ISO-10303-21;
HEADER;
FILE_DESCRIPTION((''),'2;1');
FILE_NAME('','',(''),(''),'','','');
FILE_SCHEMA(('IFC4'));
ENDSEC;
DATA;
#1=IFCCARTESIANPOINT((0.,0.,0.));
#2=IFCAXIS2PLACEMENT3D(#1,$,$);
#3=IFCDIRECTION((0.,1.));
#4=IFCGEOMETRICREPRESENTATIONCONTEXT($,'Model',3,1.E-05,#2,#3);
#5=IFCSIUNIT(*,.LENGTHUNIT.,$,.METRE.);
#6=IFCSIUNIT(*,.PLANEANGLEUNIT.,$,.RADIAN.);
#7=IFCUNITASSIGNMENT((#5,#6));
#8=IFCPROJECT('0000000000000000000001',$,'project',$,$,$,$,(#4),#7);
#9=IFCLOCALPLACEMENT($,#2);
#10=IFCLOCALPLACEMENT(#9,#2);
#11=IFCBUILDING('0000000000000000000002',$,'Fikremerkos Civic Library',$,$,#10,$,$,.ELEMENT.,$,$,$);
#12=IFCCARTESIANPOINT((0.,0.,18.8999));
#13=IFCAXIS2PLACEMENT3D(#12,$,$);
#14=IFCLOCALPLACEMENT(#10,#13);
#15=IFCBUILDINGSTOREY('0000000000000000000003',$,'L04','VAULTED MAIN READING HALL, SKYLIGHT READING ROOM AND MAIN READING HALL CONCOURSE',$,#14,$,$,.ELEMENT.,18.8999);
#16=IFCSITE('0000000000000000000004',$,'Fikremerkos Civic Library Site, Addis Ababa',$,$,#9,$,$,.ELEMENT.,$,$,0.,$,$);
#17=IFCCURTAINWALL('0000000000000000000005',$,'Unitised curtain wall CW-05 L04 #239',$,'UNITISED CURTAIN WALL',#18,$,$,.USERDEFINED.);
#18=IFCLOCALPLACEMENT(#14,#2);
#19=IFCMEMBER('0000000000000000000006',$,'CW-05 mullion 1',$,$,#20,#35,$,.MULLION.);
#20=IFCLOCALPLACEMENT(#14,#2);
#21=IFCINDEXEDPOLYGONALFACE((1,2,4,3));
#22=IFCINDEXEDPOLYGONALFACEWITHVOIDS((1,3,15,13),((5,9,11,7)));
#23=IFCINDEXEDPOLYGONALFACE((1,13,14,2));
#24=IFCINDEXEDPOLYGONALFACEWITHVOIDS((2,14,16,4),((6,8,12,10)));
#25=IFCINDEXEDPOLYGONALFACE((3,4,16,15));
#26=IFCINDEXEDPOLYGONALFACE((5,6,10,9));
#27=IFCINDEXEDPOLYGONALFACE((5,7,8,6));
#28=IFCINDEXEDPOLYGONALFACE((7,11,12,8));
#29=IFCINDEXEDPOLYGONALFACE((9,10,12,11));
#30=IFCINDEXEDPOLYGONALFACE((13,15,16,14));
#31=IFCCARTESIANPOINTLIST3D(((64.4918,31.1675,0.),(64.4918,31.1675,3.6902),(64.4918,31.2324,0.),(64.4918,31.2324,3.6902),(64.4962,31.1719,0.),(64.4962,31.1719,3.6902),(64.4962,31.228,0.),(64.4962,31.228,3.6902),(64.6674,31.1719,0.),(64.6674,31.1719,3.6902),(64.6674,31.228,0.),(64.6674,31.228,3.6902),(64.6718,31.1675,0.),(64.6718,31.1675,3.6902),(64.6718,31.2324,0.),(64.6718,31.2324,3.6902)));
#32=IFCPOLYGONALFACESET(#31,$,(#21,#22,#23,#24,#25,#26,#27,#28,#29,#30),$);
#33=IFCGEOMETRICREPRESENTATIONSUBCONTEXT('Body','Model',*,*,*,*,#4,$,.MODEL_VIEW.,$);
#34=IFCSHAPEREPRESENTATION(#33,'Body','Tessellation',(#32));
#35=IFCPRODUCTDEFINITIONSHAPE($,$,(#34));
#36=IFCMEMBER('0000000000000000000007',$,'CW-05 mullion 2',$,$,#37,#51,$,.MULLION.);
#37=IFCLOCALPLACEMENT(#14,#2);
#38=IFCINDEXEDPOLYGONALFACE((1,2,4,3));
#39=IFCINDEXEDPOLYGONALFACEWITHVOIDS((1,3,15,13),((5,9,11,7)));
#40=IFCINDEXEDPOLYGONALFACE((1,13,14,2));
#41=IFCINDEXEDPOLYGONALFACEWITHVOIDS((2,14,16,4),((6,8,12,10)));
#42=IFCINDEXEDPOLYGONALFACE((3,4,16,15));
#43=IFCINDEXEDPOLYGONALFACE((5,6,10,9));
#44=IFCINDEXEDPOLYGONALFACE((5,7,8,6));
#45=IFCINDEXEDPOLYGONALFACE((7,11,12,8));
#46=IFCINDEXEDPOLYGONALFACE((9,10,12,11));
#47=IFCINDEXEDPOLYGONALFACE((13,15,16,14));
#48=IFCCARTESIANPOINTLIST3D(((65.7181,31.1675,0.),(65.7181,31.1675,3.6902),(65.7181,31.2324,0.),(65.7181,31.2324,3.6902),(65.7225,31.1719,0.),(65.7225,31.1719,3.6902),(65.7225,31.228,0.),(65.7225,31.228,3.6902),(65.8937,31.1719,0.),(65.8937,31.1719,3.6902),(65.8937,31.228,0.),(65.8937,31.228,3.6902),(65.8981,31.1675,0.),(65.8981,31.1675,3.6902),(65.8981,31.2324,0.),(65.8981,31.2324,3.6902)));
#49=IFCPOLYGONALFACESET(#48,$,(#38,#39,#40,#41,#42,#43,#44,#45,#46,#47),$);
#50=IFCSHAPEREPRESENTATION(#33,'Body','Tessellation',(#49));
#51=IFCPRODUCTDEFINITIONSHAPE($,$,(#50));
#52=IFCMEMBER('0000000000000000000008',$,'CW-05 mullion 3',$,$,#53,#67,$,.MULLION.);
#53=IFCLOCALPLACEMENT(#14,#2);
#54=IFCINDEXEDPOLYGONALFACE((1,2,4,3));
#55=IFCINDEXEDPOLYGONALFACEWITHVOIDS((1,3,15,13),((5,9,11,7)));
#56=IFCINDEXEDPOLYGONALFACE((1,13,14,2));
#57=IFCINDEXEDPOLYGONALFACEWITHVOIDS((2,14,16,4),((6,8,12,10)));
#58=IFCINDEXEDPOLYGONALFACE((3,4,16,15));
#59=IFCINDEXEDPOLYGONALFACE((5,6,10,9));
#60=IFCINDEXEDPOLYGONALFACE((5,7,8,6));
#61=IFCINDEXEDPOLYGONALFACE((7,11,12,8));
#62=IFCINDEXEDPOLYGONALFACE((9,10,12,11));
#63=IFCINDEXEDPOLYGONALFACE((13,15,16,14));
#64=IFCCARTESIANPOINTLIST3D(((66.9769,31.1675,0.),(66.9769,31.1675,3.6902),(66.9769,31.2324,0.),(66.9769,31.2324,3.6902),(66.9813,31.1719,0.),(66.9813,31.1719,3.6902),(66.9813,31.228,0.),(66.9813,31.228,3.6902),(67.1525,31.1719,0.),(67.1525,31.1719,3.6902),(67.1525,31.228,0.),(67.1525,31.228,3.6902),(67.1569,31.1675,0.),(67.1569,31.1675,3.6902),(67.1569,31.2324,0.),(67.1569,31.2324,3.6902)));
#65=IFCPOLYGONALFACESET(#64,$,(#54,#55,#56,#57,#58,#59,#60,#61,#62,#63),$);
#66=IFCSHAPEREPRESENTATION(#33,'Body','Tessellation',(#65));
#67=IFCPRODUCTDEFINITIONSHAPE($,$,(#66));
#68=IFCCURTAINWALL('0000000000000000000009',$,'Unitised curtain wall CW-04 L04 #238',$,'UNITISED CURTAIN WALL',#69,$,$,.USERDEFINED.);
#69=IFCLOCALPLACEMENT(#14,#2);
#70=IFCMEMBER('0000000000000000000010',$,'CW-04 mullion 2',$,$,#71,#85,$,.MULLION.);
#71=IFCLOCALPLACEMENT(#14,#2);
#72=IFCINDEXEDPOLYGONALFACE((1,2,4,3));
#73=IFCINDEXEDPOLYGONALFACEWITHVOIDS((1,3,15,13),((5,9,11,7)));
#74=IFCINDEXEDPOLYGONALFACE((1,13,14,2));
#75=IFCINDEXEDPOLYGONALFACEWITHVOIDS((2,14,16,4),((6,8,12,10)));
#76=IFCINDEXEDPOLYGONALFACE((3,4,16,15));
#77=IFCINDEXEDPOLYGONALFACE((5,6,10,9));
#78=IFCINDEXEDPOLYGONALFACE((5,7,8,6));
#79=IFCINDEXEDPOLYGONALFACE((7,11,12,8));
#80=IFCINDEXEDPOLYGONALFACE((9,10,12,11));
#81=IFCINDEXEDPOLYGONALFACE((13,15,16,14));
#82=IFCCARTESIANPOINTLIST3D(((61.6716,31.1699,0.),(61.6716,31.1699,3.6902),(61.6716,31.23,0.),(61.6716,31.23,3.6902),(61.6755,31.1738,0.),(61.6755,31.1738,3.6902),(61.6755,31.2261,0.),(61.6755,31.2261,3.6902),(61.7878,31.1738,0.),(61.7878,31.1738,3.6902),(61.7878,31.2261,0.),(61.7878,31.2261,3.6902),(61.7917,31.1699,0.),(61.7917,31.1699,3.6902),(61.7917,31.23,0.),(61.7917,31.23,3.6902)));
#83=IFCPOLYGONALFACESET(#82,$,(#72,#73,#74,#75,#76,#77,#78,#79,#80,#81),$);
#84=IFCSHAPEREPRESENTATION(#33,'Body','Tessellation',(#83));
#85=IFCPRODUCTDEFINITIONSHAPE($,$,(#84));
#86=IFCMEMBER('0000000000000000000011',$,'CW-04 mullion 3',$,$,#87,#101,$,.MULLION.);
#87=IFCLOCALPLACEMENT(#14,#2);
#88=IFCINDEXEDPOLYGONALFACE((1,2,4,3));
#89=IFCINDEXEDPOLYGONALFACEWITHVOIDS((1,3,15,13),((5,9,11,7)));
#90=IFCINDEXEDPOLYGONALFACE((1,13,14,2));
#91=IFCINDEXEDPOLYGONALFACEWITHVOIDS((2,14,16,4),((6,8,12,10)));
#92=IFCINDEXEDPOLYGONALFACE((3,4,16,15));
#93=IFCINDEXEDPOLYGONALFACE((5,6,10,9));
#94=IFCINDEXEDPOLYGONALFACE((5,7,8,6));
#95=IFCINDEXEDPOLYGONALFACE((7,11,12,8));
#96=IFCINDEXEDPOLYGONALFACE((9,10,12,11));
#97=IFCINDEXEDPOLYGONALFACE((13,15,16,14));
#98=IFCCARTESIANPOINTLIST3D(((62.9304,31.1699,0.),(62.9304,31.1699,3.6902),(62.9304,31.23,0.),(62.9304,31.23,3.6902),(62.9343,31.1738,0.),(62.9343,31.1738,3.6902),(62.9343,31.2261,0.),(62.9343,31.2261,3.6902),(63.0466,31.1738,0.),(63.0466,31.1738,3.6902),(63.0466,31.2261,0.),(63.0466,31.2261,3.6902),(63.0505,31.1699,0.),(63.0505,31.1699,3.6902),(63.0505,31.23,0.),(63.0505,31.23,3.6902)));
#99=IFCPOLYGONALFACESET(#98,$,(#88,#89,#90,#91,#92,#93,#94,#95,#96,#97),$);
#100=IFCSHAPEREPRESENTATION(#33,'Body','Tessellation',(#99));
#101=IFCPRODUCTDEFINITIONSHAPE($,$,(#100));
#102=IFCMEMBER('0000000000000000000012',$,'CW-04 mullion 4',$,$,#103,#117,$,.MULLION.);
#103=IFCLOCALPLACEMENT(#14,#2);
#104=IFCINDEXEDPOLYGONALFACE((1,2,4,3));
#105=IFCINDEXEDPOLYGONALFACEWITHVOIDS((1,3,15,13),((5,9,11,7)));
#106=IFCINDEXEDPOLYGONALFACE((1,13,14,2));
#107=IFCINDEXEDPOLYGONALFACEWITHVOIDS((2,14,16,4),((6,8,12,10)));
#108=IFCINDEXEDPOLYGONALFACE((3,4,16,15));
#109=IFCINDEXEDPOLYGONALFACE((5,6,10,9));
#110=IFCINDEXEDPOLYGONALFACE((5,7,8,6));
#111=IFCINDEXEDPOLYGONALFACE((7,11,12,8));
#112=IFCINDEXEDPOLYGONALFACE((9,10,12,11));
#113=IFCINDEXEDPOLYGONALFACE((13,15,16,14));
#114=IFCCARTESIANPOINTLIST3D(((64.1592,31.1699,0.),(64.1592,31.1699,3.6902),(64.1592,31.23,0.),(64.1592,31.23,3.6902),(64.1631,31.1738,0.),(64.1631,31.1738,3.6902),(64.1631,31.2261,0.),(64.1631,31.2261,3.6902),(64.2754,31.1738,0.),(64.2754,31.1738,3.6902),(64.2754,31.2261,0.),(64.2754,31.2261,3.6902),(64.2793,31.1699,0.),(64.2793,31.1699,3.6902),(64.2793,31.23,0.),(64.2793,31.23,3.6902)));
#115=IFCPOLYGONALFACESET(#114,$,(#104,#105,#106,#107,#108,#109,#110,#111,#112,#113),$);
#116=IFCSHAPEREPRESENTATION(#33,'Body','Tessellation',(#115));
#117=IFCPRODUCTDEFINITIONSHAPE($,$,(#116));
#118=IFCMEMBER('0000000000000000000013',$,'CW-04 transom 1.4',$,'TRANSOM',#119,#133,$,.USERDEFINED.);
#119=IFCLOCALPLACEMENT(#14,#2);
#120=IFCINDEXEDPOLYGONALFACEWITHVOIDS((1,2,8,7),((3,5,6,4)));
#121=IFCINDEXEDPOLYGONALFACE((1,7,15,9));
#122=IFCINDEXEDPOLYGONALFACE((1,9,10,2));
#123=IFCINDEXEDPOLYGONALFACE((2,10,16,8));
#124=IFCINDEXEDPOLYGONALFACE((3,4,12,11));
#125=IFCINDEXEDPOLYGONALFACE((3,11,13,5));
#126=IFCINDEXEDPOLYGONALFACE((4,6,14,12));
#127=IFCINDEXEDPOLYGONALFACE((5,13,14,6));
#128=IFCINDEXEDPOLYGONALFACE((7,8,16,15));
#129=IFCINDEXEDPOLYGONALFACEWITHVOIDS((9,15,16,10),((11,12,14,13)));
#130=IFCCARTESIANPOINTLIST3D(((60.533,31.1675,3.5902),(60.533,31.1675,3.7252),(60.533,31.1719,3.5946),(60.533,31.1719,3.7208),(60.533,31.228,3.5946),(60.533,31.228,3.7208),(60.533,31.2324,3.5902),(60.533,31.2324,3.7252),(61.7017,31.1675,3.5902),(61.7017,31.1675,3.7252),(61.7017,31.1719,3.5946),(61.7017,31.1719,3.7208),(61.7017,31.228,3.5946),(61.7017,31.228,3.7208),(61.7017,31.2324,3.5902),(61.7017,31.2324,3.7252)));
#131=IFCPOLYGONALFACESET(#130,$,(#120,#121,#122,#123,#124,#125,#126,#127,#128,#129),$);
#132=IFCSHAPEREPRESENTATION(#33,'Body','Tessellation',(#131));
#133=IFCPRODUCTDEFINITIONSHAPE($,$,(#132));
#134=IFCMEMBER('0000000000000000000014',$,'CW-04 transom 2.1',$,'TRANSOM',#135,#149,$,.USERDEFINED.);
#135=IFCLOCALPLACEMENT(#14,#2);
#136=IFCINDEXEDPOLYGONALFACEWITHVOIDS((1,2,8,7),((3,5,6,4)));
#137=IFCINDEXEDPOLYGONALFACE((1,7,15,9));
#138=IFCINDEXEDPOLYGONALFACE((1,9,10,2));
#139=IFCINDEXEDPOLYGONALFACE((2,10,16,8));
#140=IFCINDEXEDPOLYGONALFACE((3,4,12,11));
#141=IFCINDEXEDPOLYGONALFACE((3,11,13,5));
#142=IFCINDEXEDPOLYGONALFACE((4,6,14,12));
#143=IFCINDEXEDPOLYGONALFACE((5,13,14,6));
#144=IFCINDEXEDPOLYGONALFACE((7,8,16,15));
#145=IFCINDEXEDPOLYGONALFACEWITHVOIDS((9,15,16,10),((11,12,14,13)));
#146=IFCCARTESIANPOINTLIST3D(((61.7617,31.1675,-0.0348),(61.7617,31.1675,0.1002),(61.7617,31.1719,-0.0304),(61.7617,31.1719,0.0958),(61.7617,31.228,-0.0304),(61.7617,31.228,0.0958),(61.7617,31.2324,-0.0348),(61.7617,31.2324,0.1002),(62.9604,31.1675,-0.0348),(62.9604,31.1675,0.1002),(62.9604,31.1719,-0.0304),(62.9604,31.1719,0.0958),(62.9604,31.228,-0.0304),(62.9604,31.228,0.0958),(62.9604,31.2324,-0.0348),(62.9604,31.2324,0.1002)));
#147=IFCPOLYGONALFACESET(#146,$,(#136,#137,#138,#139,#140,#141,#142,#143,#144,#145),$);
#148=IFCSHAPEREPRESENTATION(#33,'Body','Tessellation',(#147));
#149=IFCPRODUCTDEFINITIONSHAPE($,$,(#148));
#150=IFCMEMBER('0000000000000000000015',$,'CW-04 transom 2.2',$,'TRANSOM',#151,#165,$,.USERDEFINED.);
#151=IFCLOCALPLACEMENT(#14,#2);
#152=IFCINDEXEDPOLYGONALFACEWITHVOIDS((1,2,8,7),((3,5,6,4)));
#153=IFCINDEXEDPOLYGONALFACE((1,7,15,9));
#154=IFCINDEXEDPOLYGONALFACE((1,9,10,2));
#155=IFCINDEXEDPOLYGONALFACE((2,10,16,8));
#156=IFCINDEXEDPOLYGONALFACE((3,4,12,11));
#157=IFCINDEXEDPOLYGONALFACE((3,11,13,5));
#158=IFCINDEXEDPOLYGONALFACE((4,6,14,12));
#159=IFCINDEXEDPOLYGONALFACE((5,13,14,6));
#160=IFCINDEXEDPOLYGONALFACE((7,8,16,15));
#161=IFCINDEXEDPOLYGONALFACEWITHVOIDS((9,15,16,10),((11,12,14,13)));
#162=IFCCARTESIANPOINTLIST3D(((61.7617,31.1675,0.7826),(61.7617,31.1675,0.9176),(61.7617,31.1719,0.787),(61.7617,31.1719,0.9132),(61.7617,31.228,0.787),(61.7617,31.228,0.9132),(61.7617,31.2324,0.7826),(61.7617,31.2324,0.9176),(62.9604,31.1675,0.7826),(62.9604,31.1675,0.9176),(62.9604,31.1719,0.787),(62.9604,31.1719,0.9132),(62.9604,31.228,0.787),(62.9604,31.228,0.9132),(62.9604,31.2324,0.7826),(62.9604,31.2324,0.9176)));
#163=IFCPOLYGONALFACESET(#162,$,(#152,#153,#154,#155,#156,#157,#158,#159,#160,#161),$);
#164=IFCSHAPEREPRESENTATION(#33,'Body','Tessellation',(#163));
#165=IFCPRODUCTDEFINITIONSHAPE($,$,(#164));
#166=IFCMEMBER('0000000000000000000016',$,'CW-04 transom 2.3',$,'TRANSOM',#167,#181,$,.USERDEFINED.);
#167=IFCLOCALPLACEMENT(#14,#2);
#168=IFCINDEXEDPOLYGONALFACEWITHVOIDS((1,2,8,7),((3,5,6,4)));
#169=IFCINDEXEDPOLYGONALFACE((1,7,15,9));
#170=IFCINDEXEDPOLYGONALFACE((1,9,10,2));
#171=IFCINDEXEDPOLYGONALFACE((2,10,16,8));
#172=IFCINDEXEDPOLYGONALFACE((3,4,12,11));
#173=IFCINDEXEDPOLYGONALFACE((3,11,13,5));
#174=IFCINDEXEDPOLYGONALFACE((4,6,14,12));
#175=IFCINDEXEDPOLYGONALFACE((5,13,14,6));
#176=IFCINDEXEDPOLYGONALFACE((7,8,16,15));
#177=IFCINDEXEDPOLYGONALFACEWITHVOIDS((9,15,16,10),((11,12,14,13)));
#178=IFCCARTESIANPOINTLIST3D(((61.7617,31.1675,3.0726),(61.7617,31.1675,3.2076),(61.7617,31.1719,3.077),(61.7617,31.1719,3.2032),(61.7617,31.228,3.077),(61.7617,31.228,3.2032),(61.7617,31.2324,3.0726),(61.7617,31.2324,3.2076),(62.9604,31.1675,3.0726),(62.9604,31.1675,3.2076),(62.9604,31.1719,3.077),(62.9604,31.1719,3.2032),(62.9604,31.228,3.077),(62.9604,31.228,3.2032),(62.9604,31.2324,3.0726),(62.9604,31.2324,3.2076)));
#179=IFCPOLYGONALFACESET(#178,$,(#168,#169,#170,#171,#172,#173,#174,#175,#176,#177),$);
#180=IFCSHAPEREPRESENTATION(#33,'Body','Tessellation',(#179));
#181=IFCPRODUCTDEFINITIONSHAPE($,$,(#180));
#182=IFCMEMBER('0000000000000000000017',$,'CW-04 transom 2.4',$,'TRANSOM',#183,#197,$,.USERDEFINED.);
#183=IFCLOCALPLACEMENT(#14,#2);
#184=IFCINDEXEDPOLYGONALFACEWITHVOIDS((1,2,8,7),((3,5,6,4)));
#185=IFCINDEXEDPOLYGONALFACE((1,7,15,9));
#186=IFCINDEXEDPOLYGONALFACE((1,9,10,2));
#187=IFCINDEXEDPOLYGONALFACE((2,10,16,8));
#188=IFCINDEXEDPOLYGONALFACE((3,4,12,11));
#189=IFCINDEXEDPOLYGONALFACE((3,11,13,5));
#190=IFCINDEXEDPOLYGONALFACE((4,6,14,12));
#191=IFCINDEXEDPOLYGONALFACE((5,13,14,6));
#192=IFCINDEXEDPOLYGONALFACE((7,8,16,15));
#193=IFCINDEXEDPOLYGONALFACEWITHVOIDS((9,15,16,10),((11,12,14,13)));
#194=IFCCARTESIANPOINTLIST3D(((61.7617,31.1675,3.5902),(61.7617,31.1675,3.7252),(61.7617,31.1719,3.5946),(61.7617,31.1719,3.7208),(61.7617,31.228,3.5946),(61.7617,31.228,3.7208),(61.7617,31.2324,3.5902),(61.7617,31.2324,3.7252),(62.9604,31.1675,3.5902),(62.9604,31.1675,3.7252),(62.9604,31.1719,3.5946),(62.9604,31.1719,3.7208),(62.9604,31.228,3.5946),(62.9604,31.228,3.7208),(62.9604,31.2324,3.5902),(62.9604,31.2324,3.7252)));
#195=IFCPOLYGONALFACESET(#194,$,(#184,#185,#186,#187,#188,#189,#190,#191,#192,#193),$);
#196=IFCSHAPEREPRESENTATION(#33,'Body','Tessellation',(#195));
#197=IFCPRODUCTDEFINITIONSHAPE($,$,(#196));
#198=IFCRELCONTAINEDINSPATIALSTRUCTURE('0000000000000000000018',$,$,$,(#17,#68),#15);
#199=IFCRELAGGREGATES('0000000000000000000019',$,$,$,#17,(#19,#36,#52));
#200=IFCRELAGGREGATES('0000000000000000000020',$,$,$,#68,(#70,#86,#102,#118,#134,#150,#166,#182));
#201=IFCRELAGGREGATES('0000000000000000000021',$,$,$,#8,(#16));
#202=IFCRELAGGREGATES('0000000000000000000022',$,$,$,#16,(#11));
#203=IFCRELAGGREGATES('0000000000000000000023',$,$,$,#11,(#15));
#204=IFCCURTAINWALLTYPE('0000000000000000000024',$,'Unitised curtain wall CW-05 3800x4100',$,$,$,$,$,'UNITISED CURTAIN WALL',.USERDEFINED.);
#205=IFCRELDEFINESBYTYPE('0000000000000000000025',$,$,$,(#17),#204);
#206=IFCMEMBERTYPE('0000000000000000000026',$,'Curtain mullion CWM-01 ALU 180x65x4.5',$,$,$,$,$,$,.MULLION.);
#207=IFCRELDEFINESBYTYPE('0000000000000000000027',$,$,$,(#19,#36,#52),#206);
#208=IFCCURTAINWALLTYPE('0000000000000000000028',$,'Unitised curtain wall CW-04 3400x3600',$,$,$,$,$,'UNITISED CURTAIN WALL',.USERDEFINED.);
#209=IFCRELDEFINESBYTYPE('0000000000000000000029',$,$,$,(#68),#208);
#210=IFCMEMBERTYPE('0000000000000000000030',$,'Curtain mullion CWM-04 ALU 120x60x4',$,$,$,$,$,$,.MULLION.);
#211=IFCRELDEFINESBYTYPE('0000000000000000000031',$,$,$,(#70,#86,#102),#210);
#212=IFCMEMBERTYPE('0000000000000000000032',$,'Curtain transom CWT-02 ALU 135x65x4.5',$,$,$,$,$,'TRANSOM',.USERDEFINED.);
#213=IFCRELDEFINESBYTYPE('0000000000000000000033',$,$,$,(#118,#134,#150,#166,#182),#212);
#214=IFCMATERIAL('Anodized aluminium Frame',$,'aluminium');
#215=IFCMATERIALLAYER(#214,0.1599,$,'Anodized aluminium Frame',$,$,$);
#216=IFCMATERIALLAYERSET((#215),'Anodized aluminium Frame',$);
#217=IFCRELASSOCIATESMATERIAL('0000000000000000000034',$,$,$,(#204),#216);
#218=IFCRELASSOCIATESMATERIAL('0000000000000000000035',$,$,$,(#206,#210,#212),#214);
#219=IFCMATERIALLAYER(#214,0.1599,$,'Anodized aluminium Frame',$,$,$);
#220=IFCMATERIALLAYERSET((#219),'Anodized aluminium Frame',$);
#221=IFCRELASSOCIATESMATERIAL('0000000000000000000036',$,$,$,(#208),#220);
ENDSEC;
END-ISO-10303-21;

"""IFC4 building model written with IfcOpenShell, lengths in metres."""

from ifc_helpers import new_model, si_unit, direction, frame, origin, origin_2d, place, context, subcontext, project, spatial, hollow_rectangle, extrude, material, layer, layer_set, material_profile, profile_set, type_object, element, aggregate, save


model = new_model("IFC4")

# Units and contexts
model_context = context("Model", 3, precision=1e-05, world=origin(), true_north=direction((0.0, 1.0)))
body_context = subcontext(model_context, "Body", "Model", "MODEL_VIEW")
ifc_project = project(units=[si_unit("LENGTHUNIT", "METRE"), si_unit("PLANEANGLEUNIT", "RADIAN")], contexts=[model_context])

# Site, building, storey
site_placement = place(None, origin())
site = spatial("IfcSite", under=ifc_project, at=site_placement, Name="Fikremerkos Civic Library Site, Addis Ababa", CompositionType="ELEMENT", RefElevation=0.0)
building_placement = place(site_placement, origin())
building = spatial("IfcBuilding", under=site, at=building_placement, Name="Fikremerkos Civic Library", CompositionType="ELEMENT")
storey_placement = place(building_placement, frame((0.0, 0.0, 18.8999)))
storey = spatial("IfcBuildingStorey", under=building, at=storey_placement, Name="L04", Description="VAULTED MAIN READING HALL, SKYLIGHT READING ROOM AND MAIN READING HALL CONCOURSE", CompositionType="ELEMENT", Elevation=18.8999)

# Curtain walls, members
ifc_material_1 = material(Name="Anodized aluminium Frame", Category="aluminium")
ifc_layer_1 = layer(ifc_material_1, 0.1599, Name="Anodized aluminium Frame")
ifc_layer_set_1 = layer_set([ifc_layer_1], Name="Anodized aluminium Frame")
curtain_wall_type_1 = type_object("IfcCurtainWallType", Name="Unitised curtain wall CW-05 3800x4100", ElementType="UNITISED CURTAIN WALL", PredefinedType="USERDEFINED", material=ifc_layer_set_1)
curtain_wall_1_placement = place(storey_placement, origin())
curtain_wall_1 = element("IfcCurtainWall", 1, at=curtain_wall_1_placement, inside=storey, type_object=curtain_wall_type_1, Name="Unitised curtain wall CW-05 L04 #239", ObjectType="UNITISED CURTAIN WALL", PredefinedType="USERDEFINED")
ifc_material_profile_1 = material_profile(ifc_material_1, hollow_rectangle(XDim=0.0649, YDim=0.1799, WallThickness=0.0044, at=origin_2d()), Name="ALU 180x65x4.5")
ifc_profile_set_1 = profile_set([ifc_material_profile_1], Name="Anodized aluminium Frame")
member_type_1 = type_object("IfcMemberType", Name="Curtain mullion CWM-01 ALU 180x65x4.5", PredefinedType="MULLION", material=ifc_profile_set_1)
member_1_placement = place(storey_placement, frame((64.5818, 31.2, 0.0), z_axis=(0.0, 0.0, 1.0), x_axis=(0.0, 1.0, 0.0)))
member_1 = element("IfcMember", 2, at=member_1_placement, type_object=member_type_1, Name="CW-05 mullion 1", PredefinedType="MULLION", context=body_context, shape_type="SweptSolid", body=[
    extrude(hollow_rectangle(XDim=0.0649, YDim=0.1799, WallThickness=0.0044, at=origin_2d()), origin(), (0.0, 0.0, 1.0), 3.6902),
])
member_2_placement = place(storey_placement, frame((65.8081, 31.2, 0.0), z_axis=(0.0, 0.0, 1.0), x_axis=(0.0, 1.0, 0.0)))
member_2 = element("IfcMember", 3, at=member_2_placement, type_object=member_type_1, Name="CW-05 mullion 2", PredefinedType="MULLION", context=body_context, shape_type="SweptSolid", body=[
    extrude(hollow_rectangle(XDim=0.0649, YDim=0.1799, WallThickness=0.0044, at=origin_2d()), origin(), (0.0, 0.0, 1.0), 3.6902),
])
member_3_placement = place(storey_placement, frame((67.0669, 31.2, 0.0), z_axis=(0.0, 0.0, 1.0), x_axis=(0.0, 1.0, 0.0)))
member_3 = element("IfcMember", 4, at=member_3_placement, type_object=member_type_1, Name="CW-05 mullion 3", PredefinedType="MULLION", context=body_context, shape_type="SweptSolid", body=[
    extrude(hollow_rectangle(XDim=0.0649, YDim=0.1799, WallThickness=0.0044, at=origin_2d()), origin(), (0.0, 0.0, 1.0), 3.6902),
])
ifc_layer_2 = layer(ifc_material_1, 0.1599, Name="Anodized aluminium Frame")
ifc_layer_set_2 = layer_set([ifc_layer_2], Name="Anodized aluminium Frame")
curtain_wall_type_2 = type_object("IfcCurtainWallType", Name="Unitised curtain wall CW-04 3400x3600", ElementType="UNITISED CURTAIN WALL", PredefinedType="USERDEFINED", material=ifc_layer_set_2)
curtain_wall_2_placement = place(storey_placement, origin())
curtain_wall_2 = element("IfcCurtainWall", 5, at=curtain_wall_2_placement, inside=storey, type_object=curtain_wall_type_2, Name="Unitised curtain wall CW-04 L04 #238", ObjectType="UNITISED CURTAIN WALL", PredefinedType="USERDEFINED")
ifc_material_profile_2 = material_profile(ifc_material_1, hollow_rectangle(XDim=0.0601, YDim=0.1201, WallThickness=0.0039, at=origin_2d()), Name="ALU 120x60x4")
ifc_profile_set_2 = profile_set([ifc_material_profile_2], Name="Anodized aluminium Frame")
member_type_2 = type_object("IfcMemberType", Name="Curtain mullion CWM-04 ALU 120x60x4", PredefinedType="MULLION", material=ifc_profile_set_2)
member_4_placement = place(storey_placement, frame((61.7317, 31.2, 0.0), z_axis=(0.0, 0.0, 1.0), x_axis=(0.0, 1.0, 0.0)))
member_4 = element("IfcMember", 6, at=member_4_placement, type_object=member_type_2, Name="CW-04 mullion 2", PredefinedType="MULLION", context=body_context, shape_type="SweptSolid", body=[
    extrude(hollow_rectangle(XDim=0.0601, YDim=0.1201, WallThickness=0.0039, at=origin_2d()), origin(), (0.0, 0.0, 1.0), 3.6902),
])
member_5_placement = place(storey_placement, frame((62.9905, 31.2, 0.0), z_axis=(0.0, 0.0, 1.0), x_axis=(0.0, 1.0, 0.0)))
member_5 = element("IfcMember", 7, at=member_5_placement, type_object=member_type_2, Name="CW-04 mullion 3", PredefinedType="MULLION", context=body_context, shape_type="SweptSolid", body=[
    extrude(hollow_rectangle(XDim=0.0601, YDim=0.1201, WallThickness=0.0039, at=origin_2d()), origin(), (0.0, 0.0, 1.0), 3.6902),
])
member_6_placement = place(storey_placement, frame((64.2192, 31.2, 0.0), z_axis=(0.0, 0.0, 1.0), x_axis=(0.0, 1.0, 0.0)))
member_6 = element("IfcMember", 8, at=member_6_placement, type_object=member_type_2, Name="CW-04 mullion 4", PredefinedType="MULLION", context=body_context, shape_type="SweptSolid", body=[
    extrude(hollow_rectangle(XDim=0.0601, YDim=0.1201, WallThickness=0.0039, at=origin_2d()), origin(), (0.0, 0.0, 1.0), 3.6902),
])
ifc_material_profile_3 = material_profile(ifc_material_1, hollow_rectangle(XDim=0.0649, YDim=0.135, WallThickness=0.0044, at=origin_2d()), Name="ALU 135x65x4.5")
ifc_profile_set_3 = profile_set([ifc_material_profile_3], Name="Anodized aluminium Frame")
member_type_3 = type_object("IfcMemberType", Name="Curtain transom CWT-02 ALU 135x65x4.5", ElementType="TRANSOM", PredefinedType="USERDEFINED", material=ifc_profile_set_3)
member_7_placement = place(storey_placement, frame((60.533, 31.2, 3.6577), z_axis=(1.0, 0.0, 0.0), x_axis=(0.0, 1.0, 0.0)))
member_7 = element("IfcMember", 9, at=member_7_placement, type_object=member_type_3, Name="CW-04 transom 1.4", ObjectType="TRANSOM", PredefinedType="USERDEFINED", context=body_context, shape_type="SweptSolid", body=[
    extrude(hollow_rectangle(XDim=0.0649, YDim=0.135, WallThickness=0.0044, at=origin_2d()), origin(), (0.0, 0.0, 1.0), 1.1687),
])
member_8_placement = place(storey_placement, frame((61.7617, 31.2, 0.0327), z_axis=(1.0, 0.0, 0.0), x_axis=(0.0, 1.0, 0.0)))
member_8 = element("IfcMember", 10, at=member_8_placement, type_object=member_type_3, Name="CW-04 transom 2.1", ObjectType="TRANSOM", PredefinedType="USERDEFINED", context=body_context, shape_type="SweptSolid", body=[
    extrude(hollow_rectangle(XDim=0.0649, YDim=0.135, WallThickness=0.0044, at=origin_2d()), origin(), (0.0, 0.0, 1.0), 1.1987),
])
member_9_placement = place(storey_placement, frame((61.7617, 31.2, 0.8501), z_axis=(1.0, 0.0, 0.0), x_axis=(0.0, 1.0, 0.0)))
member_9 = element("IfcMember", 11, at=member_9_placement, type_object=member_type_3, Name="CW-04 transom 2.2", ObjectType="TRANSOM", PredefinedType="USERDEFINED", context=body_context, shape_type="SweptSolid", body=[
    extrude(hollow_rectangle(XDim=0.0649, YDim=0.135, WallThickness=0.0044, at=origin_2d()), origin(), (0.0, 0.0, 1.0), 1.1987),
])
member_10_placement = place(storey_placement, frame((61.7617, 31.2, 3.1401), z_axis=(1.0, 0.0, 0.0), x_axis=(0.0, 1.0, 0.0)))
member_10 = element("IfcMember", 12, at=member_10_placement, type_object=member_type_3, Name="CW-04 transom 2.3", ObjectType="TRANSOM", PredefinedType="USERDEFINED", context=body_context, shape_type="SweptSolid", body=[
    extrude(hollow_rectangle(XDim=0.0649, YDim=0.135, WallThickness=0.0044, at=origin_2d()), origin(), (0.0, 0.0, 1.0), 1.1987),
])
member_11_placement = place(storey_placement, frame((61.7617, 31.2, 3.6577), z_axis=(1.0, 0.0, 0.0), x_axis=(0.0, 1.0, 0.0)))
member_11 = element("IfcMember", 13, at=member_11_placement, type_object=member_type_3, Name="CW-04 transom 2.4", ObjectType="TRANSOM", PredefinedType="USERDEFINED", context=body_context, shape_type="SweptSolid", body=[
    extrude(hollow_rectangle(XDim=0.0649, YDim=0.135, WallThickness=0.0044, at=origin_2d()), origin(), (0.0, 0.0, 1.0), 1.1987),
])

aggregate(curtain_wall_1, [member_1, member_2, member_3])
aggregate(curtain_wall_2, [member_4, member_5, member_6, member_7, member_8, member_9, member_10, member_11])

save(model, "model.ifc")
